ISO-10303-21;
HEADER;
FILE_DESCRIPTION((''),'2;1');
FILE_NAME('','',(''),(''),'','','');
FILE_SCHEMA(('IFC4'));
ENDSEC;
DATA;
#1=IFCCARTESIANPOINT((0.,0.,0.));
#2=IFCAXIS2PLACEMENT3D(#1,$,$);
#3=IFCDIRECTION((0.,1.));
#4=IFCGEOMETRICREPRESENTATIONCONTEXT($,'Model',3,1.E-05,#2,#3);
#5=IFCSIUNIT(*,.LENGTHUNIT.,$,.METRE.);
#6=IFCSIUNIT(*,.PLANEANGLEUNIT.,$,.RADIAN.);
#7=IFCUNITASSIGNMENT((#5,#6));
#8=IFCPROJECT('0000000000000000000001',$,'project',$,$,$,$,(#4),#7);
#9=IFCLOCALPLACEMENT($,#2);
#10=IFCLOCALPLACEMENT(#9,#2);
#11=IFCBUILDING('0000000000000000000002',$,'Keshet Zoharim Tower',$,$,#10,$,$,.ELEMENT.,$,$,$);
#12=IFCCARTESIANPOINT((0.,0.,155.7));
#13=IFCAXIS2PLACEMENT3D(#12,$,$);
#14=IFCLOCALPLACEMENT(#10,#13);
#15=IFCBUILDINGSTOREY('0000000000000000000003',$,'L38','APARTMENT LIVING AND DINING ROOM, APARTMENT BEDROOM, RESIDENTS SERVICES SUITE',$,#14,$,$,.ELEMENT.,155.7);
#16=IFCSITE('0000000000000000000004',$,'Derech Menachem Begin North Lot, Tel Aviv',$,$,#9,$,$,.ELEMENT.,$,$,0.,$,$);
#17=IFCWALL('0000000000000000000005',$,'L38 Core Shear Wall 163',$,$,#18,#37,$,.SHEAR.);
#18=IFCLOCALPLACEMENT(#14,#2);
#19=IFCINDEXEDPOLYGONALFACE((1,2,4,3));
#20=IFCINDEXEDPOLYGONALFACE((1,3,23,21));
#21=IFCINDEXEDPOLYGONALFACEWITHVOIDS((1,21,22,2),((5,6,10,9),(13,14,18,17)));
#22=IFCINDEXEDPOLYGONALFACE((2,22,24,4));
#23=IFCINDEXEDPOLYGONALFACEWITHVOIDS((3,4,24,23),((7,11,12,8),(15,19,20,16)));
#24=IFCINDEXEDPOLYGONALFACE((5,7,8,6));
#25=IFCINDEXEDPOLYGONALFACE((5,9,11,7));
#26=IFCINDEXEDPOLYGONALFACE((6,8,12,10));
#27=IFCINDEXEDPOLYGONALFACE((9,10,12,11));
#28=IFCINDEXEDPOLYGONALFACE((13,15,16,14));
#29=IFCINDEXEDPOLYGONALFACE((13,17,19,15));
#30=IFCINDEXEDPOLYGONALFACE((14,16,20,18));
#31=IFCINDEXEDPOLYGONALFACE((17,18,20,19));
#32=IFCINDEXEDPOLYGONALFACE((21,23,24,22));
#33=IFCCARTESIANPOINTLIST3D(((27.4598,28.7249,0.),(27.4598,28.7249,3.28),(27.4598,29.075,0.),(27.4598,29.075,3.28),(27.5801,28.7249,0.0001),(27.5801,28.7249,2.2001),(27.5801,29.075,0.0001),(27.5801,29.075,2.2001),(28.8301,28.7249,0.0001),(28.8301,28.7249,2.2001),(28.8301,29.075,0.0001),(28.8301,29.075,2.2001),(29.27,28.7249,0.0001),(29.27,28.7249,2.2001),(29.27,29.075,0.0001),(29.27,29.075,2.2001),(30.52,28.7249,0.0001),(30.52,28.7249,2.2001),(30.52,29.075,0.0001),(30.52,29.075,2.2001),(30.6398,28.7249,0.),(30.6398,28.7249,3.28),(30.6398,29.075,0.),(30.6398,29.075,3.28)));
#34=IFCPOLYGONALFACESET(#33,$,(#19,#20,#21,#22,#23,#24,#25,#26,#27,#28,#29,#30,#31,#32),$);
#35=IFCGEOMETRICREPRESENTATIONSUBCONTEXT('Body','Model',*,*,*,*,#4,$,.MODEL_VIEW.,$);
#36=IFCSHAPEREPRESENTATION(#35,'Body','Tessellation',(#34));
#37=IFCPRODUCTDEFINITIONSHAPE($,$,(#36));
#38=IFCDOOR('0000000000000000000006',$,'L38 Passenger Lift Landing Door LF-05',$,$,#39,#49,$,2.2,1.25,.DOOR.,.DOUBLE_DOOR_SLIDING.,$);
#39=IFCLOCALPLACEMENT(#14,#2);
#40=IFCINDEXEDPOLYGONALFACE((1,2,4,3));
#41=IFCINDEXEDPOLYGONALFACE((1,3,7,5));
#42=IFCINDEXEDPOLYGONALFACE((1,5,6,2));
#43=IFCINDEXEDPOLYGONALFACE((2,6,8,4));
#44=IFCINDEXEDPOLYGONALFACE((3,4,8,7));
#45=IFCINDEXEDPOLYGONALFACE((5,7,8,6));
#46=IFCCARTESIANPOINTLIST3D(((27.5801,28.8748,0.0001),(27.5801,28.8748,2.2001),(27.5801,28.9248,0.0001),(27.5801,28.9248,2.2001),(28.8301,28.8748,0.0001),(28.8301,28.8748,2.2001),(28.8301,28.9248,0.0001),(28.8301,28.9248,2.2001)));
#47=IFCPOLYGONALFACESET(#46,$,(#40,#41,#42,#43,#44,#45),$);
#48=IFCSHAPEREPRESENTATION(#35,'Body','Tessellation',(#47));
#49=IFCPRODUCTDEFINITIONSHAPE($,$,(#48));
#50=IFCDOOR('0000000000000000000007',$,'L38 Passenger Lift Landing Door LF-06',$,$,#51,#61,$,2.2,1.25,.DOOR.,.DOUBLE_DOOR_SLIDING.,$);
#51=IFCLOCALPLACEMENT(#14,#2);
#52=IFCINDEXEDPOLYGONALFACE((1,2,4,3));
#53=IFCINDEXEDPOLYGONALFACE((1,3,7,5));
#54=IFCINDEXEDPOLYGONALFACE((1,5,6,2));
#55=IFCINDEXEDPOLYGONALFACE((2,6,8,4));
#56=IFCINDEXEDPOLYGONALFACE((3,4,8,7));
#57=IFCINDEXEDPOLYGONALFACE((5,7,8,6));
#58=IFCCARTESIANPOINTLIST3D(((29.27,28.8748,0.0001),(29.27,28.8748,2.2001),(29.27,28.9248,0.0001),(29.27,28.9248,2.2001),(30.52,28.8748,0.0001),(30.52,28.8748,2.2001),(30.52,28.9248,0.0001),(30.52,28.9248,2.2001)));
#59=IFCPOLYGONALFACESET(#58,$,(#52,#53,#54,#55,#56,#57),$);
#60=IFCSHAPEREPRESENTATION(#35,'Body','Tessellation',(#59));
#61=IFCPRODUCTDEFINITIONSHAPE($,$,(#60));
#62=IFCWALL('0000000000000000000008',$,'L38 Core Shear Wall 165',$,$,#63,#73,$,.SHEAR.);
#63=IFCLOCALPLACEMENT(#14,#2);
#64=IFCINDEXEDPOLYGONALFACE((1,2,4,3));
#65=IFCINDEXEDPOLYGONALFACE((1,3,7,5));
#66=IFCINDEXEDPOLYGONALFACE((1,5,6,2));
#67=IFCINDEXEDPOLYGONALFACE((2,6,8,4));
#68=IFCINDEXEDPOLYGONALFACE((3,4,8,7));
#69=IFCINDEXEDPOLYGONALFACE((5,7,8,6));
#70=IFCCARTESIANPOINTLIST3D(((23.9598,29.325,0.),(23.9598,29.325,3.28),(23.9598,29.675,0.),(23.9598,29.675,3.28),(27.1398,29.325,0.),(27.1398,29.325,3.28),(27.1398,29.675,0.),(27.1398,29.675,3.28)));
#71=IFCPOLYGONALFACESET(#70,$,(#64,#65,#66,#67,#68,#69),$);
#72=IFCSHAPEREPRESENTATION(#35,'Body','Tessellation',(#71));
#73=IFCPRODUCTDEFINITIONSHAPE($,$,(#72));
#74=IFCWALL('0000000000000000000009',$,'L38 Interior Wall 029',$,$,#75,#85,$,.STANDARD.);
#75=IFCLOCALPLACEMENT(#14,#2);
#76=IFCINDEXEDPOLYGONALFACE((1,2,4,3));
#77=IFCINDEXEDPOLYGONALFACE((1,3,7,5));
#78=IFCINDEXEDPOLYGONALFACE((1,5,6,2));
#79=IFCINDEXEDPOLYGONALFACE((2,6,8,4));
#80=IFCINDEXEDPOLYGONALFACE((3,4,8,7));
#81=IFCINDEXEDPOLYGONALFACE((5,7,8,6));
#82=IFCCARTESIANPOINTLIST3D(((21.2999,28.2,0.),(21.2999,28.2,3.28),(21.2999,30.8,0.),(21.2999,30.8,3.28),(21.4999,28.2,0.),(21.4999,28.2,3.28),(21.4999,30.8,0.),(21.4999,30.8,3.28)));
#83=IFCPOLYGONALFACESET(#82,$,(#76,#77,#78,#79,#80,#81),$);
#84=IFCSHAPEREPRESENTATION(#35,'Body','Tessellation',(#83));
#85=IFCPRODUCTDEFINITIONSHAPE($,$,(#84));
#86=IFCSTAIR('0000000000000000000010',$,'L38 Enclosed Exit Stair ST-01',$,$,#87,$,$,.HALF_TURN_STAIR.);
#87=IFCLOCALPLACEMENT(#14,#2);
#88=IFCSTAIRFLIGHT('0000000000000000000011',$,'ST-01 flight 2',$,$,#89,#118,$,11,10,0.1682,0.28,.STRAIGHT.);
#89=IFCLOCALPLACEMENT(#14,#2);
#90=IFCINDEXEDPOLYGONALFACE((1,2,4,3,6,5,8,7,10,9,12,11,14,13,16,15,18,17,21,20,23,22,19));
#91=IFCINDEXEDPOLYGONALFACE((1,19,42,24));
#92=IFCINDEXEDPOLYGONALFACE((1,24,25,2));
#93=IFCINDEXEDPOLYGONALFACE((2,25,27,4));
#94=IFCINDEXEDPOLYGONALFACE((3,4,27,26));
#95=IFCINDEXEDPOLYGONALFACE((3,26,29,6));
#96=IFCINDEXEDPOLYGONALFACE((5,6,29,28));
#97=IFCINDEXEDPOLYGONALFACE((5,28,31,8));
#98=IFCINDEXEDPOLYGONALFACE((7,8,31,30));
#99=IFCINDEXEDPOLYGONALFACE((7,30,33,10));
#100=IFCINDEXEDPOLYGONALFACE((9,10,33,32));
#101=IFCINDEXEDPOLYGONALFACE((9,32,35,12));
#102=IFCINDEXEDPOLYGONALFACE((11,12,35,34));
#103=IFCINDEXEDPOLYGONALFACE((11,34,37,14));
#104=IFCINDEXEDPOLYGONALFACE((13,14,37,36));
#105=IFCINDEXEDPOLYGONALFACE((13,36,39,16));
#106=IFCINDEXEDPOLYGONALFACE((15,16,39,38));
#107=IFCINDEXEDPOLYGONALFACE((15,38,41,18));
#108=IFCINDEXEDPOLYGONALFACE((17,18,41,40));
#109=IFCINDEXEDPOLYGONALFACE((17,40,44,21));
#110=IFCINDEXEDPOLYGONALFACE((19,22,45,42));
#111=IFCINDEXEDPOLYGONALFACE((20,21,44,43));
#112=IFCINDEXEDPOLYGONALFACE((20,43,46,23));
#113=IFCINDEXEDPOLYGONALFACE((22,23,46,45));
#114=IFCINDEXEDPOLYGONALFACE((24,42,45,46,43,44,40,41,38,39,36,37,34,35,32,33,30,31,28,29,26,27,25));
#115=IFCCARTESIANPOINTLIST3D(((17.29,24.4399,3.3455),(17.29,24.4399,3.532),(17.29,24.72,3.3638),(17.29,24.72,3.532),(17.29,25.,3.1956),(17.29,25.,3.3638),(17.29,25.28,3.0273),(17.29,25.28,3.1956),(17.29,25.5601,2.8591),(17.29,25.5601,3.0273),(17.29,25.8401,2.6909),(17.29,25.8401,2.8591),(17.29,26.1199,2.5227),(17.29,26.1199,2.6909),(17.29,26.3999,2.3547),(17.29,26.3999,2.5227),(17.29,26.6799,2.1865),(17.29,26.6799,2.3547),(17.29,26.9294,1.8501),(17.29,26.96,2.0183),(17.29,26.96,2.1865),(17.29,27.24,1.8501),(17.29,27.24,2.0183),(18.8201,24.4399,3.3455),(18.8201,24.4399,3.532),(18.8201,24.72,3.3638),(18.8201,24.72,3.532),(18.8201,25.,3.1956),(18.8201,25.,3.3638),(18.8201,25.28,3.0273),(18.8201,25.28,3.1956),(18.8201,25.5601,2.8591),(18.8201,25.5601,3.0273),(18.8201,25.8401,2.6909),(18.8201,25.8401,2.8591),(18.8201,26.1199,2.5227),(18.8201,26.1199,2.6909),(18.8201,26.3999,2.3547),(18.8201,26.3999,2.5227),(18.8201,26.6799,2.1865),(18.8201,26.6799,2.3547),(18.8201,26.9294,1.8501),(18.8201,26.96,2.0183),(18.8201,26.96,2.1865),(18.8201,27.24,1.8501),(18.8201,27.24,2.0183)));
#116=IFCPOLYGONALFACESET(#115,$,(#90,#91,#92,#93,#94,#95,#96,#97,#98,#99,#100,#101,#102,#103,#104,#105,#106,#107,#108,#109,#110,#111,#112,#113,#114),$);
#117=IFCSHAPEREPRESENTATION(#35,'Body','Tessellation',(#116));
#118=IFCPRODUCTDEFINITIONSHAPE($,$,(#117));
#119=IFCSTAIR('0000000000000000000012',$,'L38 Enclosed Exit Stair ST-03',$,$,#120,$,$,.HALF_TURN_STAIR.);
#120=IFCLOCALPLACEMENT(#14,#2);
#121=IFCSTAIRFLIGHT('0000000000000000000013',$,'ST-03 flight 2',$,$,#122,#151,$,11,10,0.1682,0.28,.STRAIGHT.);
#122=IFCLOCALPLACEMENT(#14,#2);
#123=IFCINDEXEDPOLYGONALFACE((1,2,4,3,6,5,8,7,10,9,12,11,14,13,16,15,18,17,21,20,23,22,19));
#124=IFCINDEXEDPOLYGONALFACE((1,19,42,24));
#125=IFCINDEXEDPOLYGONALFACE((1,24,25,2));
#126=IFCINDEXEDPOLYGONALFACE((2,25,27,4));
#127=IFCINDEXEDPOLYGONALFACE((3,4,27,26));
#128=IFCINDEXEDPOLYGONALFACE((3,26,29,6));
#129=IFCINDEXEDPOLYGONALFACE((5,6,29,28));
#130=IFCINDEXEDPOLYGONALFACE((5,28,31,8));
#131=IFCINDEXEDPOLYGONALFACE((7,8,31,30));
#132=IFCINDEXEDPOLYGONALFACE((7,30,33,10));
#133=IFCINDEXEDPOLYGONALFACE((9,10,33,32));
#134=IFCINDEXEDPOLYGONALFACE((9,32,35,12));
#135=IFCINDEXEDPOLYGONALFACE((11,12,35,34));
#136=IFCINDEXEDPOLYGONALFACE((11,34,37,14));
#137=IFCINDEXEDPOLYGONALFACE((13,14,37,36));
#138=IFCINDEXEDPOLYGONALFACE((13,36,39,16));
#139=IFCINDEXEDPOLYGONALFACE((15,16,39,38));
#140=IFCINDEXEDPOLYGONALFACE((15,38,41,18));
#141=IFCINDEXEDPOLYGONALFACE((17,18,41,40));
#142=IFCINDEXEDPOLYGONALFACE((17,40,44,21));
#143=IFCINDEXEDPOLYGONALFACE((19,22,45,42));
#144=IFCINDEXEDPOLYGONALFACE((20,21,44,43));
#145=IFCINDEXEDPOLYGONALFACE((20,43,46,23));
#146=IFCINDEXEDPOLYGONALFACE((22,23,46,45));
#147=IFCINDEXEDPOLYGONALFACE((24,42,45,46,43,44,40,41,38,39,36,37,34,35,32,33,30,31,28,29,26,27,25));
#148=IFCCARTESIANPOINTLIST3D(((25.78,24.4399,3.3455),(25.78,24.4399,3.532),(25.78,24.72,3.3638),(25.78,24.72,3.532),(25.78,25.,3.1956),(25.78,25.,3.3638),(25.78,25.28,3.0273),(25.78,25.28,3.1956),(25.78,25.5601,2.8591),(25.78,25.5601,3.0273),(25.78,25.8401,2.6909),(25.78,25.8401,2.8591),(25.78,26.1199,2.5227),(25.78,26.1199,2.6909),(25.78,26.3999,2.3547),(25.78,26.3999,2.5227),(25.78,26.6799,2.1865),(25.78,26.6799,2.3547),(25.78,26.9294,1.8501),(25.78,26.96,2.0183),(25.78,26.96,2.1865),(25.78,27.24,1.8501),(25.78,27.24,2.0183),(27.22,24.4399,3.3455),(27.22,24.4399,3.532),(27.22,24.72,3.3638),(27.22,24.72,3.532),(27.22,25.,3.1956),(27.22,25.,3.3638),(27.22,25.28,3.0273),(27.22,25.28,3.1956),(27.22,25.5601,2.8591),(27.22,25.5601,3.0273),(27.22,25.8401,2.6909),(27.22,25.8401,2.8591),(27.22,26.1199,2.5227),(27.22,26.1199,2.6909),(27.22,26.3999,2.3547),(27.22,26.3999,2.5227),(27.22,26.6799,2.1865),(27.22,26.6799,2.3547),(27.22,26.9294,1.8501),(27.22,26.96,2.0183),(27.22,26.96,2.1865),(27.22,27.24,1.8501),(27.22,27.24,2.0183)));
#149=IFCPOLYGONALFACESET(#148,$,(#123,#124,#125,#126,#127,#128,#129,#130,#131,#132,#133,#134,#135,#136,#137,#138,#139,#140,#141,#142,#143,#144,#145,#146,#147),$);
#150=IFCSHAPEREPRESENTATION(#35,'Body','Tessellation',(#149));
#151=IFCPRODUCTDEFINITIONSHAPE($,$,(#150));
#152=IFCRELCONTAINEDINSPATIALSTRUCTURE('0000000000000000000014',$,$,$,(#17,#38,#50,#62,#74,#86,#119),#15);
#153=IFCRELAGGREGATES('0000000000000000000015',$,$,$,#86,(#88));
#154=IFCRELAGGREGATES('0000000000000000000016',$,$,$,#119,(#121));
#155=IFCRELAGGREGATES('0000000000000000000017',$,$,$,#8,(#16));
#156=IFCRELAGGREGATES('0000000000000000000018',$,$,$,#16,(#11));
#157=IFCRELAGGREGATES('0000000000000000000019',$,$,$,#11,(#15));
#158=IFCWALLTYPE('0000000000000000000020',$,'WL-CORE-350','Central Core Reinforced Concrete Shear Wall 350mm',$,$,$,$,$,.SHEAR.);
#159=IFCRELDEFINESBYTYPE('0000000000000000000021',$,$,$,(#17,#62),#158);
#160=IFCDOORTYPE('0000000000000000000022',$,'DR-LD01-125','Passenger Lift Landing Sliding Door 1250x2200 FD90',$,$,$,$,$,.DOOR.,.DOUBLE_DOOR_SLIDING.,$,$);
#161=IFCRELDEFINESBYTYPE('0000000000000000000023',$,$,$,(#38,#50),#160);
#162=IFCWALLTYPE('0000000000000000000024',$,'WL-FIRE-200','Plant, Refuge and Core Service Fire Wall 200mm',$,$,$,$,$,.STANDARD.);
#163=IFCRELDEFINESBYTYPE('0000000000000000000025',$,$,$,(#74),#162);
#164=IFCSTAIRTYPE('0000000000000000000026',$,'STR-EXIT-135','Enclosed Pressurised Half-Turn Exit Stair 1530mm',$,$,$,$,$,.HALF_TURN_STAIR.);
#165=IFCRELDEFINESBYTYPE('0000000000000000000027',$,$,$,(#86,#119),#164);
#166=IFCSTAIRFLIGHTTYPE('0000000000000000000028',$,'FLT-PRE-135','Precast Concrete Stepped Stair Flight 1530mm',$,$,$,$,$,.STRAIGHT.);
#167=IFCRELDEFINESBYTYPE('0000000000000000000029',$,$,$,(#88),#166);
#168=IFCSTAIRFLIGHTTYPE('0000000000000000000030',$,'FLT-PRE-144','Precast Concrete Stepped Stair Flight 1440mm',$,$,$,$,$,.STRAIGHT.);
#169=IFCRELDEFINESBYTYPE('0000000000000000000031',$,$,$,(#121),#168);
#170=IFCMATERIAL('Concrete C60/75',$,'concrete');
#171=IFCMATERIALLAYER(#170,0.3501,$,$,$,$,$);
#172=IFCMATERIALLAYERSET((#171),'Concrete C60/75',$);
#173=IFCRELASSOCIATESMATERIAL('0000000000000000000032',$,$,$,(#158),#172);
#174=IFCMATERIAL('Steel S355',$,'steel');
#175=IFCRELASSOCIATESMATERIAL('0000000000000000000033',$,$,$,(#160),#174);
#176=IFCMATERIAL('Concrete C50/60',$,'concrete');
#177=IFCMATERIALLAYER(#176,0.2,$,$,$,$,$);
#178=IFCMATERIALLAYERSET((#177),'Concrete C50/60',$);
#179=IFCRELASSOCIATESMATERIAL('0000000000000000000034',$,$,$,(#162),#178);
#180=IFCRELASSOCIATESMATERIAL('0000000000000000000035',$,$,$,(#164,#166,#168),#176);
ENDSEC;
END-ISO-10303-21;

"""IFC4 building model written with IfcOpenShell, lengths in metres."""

from ifc_helpers import new_model, si_unit, direction, frame, frame_2d, origin, place, context, subcontext, project, spatial, polyline, rectangle, outline, extrude, material, layer, layer_set, type_object, element, fill, aggregate, save


model = new_model("IFC4")

# Units and contexts
model_context = context("Model", 3, precision=1e-05, world=origin(), true_north=direction((0.0, 1.0)))
body_context = subcontext(model_context, "Body", "Model", "MODEL_VIEW")
ifc_project = project(units=[si_unit("LENGTHUNIT", "METRE"), si_unit("PLANEANGLEUNIT", "RADIAN")], contexts=[model_context])

# Site, building, storey
site_placement = place(None, origin())
site = spatial("IfcSite", under=ifc_project, at=site_placement, Name="Derech Menachem Begin North Lot, Tel Aviv", CompositionType="ELEMENT", RefElevation=0.0)
building_placement = place(site_placement, origin())
building = spatial("IfcBuilding", under=site, at=building_placement, Name="Keshet Zoharim Tower", CompositionType="ELEMENT")
storey_placement = place(building_placement, frame((0.0, 0.0, 155.7)))
storey = spatial("IfcBuildingStorey", under=building, at=storey_placement, Name="L38", Description="APARTMENT LIVING AND DINING ROOM, APARTMENT BEDROOM, RESIDENTS SERVICES SUITE", CompositionType="ELEMENT", Elevation=155.7)

# Shared definitions
ifc_material_1 = material(Name="Concrete C60/75", Category="concrete")
ifc_layer_1 = layer(ifc_material_1, 0.3501)
ifc_layer_set_1 = layer_set([ifc_layer_1], Name="Concrete C60/75")
wall_type_1 = type_object("IfcWallType", Name="WL-CORE-350", Description="Central Core Reinforced Concrete Shear Wall 350mm", PredefinedType="SHEAR", material=ifc_layer_set_1)

# Wall, openings, doors
ifc_material_2 = material(Name="Steel S355", Category="steel")
door_type_1 = type_object("IfcDoorType", Name="DR-LD01-125", Description="Passenger Lift Landing Sliding Door 1250x2200 FD90", OperationType="DOUBLE_DOOR_SLIDING", PredefinedType="DOOR", material=ifc_material_2)
wall_1_placement = place(storey_placement, frame((27.46, 28.8999, 0.0), z_axis=(0.0, 0.0, 1.0), x_axis=(1.0, 0.0, 0.0)))
wall_1 = element("IfcWall", 1, at=wall_1_placement, inside=storey, type_object=wall_type_1, Name="L38 Core Shear Wall 163", PredefinedType="SHEAR", context=body_context, shape_type="SweptSolid", body=[
    extrude(rectangle(XDim=3.1799, YDim=0.3501, at=frame_2d((1.5898, 0.0))), origin(), (0.0, 0.0, 1.0), 3.28),
])
opening_1_placement = place(wall_1_placement, frame((0.1201, 0.0, 0.0)))
opening_1 = element("IfcOpeningElement", 2, at=opening_1_placement, cuts=wall_1, PredefinedType="OPENING", context=body_context, shape_type="SweptSolid", body=[
    extrude(rectangle(XDim=1.25, YDim=2.2, at=frame_2d((0.625, 1.1001))), frame((0.0, 0.1851, 0.0), z_axis=(0.0, -1.0, 0.0), x_axis=(1.0, 0.0, 0.0)), (0.0, 0.0, 1.0), 0.3701),
])
opening_2_placement = place(wall_1_placement, frame((1.8101, 0.0, 0.0)))
opening_2 = element("IfcOpeningElement", 3, at=opening_2_placement, cuts=wall_1, PredefinedType="OPENING", context=body_context, shape_type="SweptSolid", body=[
    extrude(rectangle(XDim=1.25, YDim=2.2, at=frame_2d((0.625, 1.1001))), frame((0.0, 0.1851, 0.0), z_axis=(0.0, -1.0, 0.0), x_axis=(1.0, 0.0, 0.0)), (0.0, 0.0, 1.0), 0.3701),
])
door_1_placement = place(opening_1_placement, origin())
door_1 = element("IfcDoor", 4, at=door_1_placement, inside=storey, type_object=door_type_1, Name="L38 Passenger Lift Landing Door LF-05", OperationType="DOUBLE_DOOR_SLIDING", OverallHeight=2.2, OverallWidth=1.25, PredefinedType="DOOR", context=body_context, shape_type="SweptSolid", body=[
    extrude(rectangle(XDim=1.25, YDim=2.2, at=frame_2d((0.625, 1.1001))), frame((0.0, 0.0249, 0.0), z_axis=(0.0, -1.0, 0.0), x_axis=(1.0, 0.0, 0.0)), (0.0, 0.0, 1.0), 0.05),
])
fill(opening_1, door_1)
door_2_placement = place(opening_2_placement, origin())
door_2 = element("IfcDoor", 5, at=door_2_placement, inside=storey, type_object=door_type_1, Name="L38 Passenger Lift Landing Door LF-06", OperationType="DOUBLE_DOOR_SLIDING", OverallHeight=2.2, OverallWidth=1.25, PredefinedType="DOOR", context=body_context, shape_type="SweptSolid", body=[
    extrude(rectangle(XDim=1.25, YDim=2.2, at=frame_2d((0.625, 1.1001))), frame((0.0, 0.0249, 0.0), z_axis=(0.0, -1.0, 0.0), x_axis=(1.0, 0.0, 0.0)), (0.0, 0.0, 1.0), 0.05),
])
fill(opening_2, door_2)

# Walls
wall_2_placement = place(storey_placement, frame((23.96, 29.5, 0.0), z_axis=(0.0, 0.0, 1.0), x_axis=(1.0, 0.0, 0.0)))
element("IfcWall", 6, at=wall_2_placement, inside=storey, type_object=wall_type_1, Name="L38 Core Shear Wall 165", PredefinedType="SHEAR", context=body_context, shape_type="SweptSolid", body=[
    extrude(rectangle(XDim=3.1799, YDim=0.3501, at=frame_2d((1.5898, 0.0))), origin(), (0.0, 0.0, 1.0), 3.28),
])
ifc_material_3 = material(Name="Concrete C50/60", Category="concrete")
ifc_layer_2 = layer(ifc_material_3, 0.2)
ifc_layer_set_2 = layer_set([ifc_layer_2], Name="Concrete C50/60")
wall_type_2 = type_object("IfcWallType", Name="WL-FIRE-200", Description="Plant, Refuge and Core Service Fire Wall 200mm", PredefinedType="STANDARD", material=ifc_layer_set_2)
wall_3_placement = place(storey_placement, frame((21.3999, 28.2, 0.0), z_axis=(0.0, 0.0, 1.0), x_axis=(0.0, 1.0, 0.0)))
element("IfcWall", 7, at=wall_3_placement, inside=storey, type_object=wall_type_2, Name="L38 Interior Wall 029", PredefinedType="STANDARD", context=body_context, shape_type="SweptSolid", body=[
    extrude(rectangle(XDim=2.6001, YDim=0.2, at=frame_2d((1.3, 0.0))), origin(), (0.0, 0.0, 1.0), 3.28),
])

# Stairs, stair flights
stair_type = type_object("IfcStairType", Name="STR-EXIT-135", Description="Enclosed Pressurised Half-Turn Exit Stair 1530mm", PredefinedType="HALF_TURN_STAIR", material=ifc_material_3)
stair_1_placement = place(storey_placement, origin())
stair_1 = element("IfcStair", 8, at=stair_1_placement, inside=storey, type_object=stair_type, Name="L38 Enclosed Exit Stair ST-01", PredefinedType="HALF_TURN_STAIR")
stair_flight_type_1 = type_object("IfcStairFlightType", Name="FLT-PRE-135", Description="Precast Concrete Stepped Stair Flight 1530mm", PredefinedType="STRAIGHT", material=ifc_material_3)
stair_flight_1_placement = place(storey_placement, frame((18.0549, 27.24, 1.8501), z_axis=(0.0, 0.0, 1.0), x_axis=(0.0, -1.0, 0.0)))
stair_flight_1 = element("IfcStairFlight", 9, at=stair_flight_1_placement, type_object=stair_flight_type_1, Name="ST-01 flight 2", NumberOfRisers=11, NumberOfTreads=10, PredefinedType="STRAIGHT", RiserHeight=0.1682, TreadLength=0.28, context=body_context, shape_type="SweptSolid", body=[
    extrude(outline(polyline([(0.0, 0.0), (0.0, 0.1682), (0.28, 0.1682), (0.28, 0.3364), (0.5601, 0.3364), (0.5601, 0.5046), (0.8401, 0.5046), (0.8401, 0.6726), (1.1201, 0.6726), (1.1201, 0.8408), (1.3999, 0.8408), (1.3999, 1.009), (1.6799, 1.009), (1.6799, 1.1772), (1.96, 1.1772), (1.96, 1.3455), (2.24, 1.3455), (2.24, 1.5137), (2.52, 1.5137), (2.52, 1.6819), (2.8, 1.6819), (2.8, 1.8501), (2.8, 1.4954), (0.3105, 0.0), (0.0, 0.0)])), frame((0.0, 0.7651, 0.0), z_axis=(0.0, -1.0, 0.0), x_axis=(1.0, 0.0, 0.0)), (0.0, 0.0, 1.0), 1.53),
])
aggregate(stair_1, [stair_flight_1])
stair_2_placement = place(storey_placement, origin())
stair_2 = element("IfcStair", 10, at=stair_2_placement, inside=storey, type_object=stair_type, Name="L38 Enclosed Exit Stair ST-03", PredefinedType="HALF_TURN_STAIR")
stair_flight_type_2 = type_object("IfcStairFlightType", Name="FLT-PRE-144", Description="Precast Concrete Stepped Stair Flight 1440mm", PredefinedType="STRAIGHT", material=ifc_material_3)
stair_flight_2_placement = place(storey_placement, frame((26.5, 27.24, 1.8501), z_axis=(0.0, 0.0, 1.0), x_axis=(0.0, -1.0, 0.0)))
stair_flight_2 = element("IfcStairFlight", 11, at=stair_flight_2_placement, type_object=stair_flight_type_2, Name="ST-03 flight 2", NumberOfRisers=11, NumberOfTreads=10, PredefinedType="STRAIGHT", RiserHeight=0.1682, TreadLength=0.28, context=body_context, shape_type="SweptSolid", body=[
    extrude(outline(polyline([(0.0, 0.0), (0.0, 0.1682), (0.28, 0.1682), (0.28, 0.3364), (0.5601, 0.3364), (0.5601, 0.5046), (0.8401, 0.5046), (0.8401, 0.6726), (1.1201, 0.6726), (1.1201, 0.8408), (1.3999, 0.8408), (1.3999, 1.009), (1.6799, 1.009), (1.6799, 1.1772), (1.96, 1.1772), (1.96, 1.3455), (2.24, 1.3455), (2.24, 1.5137), (2.52, 1.5137), (2.52, 1.6819), (2.8, 1.6819), (2.8, 1.8501), (2.8, 1.4954), (0.3105, 0.0), (0.0, 0.0)])), frame((0.0, 0.72, 0.0), z_axis=(0.0, -1.0, 0.0), x_axis=(1.0, 0.0, 0.0)), (0.0, 0.0, 1.0), 1.4399),
])
aggregate(stair_2, [stair_flight_2])

save(model, "model.ifc")
